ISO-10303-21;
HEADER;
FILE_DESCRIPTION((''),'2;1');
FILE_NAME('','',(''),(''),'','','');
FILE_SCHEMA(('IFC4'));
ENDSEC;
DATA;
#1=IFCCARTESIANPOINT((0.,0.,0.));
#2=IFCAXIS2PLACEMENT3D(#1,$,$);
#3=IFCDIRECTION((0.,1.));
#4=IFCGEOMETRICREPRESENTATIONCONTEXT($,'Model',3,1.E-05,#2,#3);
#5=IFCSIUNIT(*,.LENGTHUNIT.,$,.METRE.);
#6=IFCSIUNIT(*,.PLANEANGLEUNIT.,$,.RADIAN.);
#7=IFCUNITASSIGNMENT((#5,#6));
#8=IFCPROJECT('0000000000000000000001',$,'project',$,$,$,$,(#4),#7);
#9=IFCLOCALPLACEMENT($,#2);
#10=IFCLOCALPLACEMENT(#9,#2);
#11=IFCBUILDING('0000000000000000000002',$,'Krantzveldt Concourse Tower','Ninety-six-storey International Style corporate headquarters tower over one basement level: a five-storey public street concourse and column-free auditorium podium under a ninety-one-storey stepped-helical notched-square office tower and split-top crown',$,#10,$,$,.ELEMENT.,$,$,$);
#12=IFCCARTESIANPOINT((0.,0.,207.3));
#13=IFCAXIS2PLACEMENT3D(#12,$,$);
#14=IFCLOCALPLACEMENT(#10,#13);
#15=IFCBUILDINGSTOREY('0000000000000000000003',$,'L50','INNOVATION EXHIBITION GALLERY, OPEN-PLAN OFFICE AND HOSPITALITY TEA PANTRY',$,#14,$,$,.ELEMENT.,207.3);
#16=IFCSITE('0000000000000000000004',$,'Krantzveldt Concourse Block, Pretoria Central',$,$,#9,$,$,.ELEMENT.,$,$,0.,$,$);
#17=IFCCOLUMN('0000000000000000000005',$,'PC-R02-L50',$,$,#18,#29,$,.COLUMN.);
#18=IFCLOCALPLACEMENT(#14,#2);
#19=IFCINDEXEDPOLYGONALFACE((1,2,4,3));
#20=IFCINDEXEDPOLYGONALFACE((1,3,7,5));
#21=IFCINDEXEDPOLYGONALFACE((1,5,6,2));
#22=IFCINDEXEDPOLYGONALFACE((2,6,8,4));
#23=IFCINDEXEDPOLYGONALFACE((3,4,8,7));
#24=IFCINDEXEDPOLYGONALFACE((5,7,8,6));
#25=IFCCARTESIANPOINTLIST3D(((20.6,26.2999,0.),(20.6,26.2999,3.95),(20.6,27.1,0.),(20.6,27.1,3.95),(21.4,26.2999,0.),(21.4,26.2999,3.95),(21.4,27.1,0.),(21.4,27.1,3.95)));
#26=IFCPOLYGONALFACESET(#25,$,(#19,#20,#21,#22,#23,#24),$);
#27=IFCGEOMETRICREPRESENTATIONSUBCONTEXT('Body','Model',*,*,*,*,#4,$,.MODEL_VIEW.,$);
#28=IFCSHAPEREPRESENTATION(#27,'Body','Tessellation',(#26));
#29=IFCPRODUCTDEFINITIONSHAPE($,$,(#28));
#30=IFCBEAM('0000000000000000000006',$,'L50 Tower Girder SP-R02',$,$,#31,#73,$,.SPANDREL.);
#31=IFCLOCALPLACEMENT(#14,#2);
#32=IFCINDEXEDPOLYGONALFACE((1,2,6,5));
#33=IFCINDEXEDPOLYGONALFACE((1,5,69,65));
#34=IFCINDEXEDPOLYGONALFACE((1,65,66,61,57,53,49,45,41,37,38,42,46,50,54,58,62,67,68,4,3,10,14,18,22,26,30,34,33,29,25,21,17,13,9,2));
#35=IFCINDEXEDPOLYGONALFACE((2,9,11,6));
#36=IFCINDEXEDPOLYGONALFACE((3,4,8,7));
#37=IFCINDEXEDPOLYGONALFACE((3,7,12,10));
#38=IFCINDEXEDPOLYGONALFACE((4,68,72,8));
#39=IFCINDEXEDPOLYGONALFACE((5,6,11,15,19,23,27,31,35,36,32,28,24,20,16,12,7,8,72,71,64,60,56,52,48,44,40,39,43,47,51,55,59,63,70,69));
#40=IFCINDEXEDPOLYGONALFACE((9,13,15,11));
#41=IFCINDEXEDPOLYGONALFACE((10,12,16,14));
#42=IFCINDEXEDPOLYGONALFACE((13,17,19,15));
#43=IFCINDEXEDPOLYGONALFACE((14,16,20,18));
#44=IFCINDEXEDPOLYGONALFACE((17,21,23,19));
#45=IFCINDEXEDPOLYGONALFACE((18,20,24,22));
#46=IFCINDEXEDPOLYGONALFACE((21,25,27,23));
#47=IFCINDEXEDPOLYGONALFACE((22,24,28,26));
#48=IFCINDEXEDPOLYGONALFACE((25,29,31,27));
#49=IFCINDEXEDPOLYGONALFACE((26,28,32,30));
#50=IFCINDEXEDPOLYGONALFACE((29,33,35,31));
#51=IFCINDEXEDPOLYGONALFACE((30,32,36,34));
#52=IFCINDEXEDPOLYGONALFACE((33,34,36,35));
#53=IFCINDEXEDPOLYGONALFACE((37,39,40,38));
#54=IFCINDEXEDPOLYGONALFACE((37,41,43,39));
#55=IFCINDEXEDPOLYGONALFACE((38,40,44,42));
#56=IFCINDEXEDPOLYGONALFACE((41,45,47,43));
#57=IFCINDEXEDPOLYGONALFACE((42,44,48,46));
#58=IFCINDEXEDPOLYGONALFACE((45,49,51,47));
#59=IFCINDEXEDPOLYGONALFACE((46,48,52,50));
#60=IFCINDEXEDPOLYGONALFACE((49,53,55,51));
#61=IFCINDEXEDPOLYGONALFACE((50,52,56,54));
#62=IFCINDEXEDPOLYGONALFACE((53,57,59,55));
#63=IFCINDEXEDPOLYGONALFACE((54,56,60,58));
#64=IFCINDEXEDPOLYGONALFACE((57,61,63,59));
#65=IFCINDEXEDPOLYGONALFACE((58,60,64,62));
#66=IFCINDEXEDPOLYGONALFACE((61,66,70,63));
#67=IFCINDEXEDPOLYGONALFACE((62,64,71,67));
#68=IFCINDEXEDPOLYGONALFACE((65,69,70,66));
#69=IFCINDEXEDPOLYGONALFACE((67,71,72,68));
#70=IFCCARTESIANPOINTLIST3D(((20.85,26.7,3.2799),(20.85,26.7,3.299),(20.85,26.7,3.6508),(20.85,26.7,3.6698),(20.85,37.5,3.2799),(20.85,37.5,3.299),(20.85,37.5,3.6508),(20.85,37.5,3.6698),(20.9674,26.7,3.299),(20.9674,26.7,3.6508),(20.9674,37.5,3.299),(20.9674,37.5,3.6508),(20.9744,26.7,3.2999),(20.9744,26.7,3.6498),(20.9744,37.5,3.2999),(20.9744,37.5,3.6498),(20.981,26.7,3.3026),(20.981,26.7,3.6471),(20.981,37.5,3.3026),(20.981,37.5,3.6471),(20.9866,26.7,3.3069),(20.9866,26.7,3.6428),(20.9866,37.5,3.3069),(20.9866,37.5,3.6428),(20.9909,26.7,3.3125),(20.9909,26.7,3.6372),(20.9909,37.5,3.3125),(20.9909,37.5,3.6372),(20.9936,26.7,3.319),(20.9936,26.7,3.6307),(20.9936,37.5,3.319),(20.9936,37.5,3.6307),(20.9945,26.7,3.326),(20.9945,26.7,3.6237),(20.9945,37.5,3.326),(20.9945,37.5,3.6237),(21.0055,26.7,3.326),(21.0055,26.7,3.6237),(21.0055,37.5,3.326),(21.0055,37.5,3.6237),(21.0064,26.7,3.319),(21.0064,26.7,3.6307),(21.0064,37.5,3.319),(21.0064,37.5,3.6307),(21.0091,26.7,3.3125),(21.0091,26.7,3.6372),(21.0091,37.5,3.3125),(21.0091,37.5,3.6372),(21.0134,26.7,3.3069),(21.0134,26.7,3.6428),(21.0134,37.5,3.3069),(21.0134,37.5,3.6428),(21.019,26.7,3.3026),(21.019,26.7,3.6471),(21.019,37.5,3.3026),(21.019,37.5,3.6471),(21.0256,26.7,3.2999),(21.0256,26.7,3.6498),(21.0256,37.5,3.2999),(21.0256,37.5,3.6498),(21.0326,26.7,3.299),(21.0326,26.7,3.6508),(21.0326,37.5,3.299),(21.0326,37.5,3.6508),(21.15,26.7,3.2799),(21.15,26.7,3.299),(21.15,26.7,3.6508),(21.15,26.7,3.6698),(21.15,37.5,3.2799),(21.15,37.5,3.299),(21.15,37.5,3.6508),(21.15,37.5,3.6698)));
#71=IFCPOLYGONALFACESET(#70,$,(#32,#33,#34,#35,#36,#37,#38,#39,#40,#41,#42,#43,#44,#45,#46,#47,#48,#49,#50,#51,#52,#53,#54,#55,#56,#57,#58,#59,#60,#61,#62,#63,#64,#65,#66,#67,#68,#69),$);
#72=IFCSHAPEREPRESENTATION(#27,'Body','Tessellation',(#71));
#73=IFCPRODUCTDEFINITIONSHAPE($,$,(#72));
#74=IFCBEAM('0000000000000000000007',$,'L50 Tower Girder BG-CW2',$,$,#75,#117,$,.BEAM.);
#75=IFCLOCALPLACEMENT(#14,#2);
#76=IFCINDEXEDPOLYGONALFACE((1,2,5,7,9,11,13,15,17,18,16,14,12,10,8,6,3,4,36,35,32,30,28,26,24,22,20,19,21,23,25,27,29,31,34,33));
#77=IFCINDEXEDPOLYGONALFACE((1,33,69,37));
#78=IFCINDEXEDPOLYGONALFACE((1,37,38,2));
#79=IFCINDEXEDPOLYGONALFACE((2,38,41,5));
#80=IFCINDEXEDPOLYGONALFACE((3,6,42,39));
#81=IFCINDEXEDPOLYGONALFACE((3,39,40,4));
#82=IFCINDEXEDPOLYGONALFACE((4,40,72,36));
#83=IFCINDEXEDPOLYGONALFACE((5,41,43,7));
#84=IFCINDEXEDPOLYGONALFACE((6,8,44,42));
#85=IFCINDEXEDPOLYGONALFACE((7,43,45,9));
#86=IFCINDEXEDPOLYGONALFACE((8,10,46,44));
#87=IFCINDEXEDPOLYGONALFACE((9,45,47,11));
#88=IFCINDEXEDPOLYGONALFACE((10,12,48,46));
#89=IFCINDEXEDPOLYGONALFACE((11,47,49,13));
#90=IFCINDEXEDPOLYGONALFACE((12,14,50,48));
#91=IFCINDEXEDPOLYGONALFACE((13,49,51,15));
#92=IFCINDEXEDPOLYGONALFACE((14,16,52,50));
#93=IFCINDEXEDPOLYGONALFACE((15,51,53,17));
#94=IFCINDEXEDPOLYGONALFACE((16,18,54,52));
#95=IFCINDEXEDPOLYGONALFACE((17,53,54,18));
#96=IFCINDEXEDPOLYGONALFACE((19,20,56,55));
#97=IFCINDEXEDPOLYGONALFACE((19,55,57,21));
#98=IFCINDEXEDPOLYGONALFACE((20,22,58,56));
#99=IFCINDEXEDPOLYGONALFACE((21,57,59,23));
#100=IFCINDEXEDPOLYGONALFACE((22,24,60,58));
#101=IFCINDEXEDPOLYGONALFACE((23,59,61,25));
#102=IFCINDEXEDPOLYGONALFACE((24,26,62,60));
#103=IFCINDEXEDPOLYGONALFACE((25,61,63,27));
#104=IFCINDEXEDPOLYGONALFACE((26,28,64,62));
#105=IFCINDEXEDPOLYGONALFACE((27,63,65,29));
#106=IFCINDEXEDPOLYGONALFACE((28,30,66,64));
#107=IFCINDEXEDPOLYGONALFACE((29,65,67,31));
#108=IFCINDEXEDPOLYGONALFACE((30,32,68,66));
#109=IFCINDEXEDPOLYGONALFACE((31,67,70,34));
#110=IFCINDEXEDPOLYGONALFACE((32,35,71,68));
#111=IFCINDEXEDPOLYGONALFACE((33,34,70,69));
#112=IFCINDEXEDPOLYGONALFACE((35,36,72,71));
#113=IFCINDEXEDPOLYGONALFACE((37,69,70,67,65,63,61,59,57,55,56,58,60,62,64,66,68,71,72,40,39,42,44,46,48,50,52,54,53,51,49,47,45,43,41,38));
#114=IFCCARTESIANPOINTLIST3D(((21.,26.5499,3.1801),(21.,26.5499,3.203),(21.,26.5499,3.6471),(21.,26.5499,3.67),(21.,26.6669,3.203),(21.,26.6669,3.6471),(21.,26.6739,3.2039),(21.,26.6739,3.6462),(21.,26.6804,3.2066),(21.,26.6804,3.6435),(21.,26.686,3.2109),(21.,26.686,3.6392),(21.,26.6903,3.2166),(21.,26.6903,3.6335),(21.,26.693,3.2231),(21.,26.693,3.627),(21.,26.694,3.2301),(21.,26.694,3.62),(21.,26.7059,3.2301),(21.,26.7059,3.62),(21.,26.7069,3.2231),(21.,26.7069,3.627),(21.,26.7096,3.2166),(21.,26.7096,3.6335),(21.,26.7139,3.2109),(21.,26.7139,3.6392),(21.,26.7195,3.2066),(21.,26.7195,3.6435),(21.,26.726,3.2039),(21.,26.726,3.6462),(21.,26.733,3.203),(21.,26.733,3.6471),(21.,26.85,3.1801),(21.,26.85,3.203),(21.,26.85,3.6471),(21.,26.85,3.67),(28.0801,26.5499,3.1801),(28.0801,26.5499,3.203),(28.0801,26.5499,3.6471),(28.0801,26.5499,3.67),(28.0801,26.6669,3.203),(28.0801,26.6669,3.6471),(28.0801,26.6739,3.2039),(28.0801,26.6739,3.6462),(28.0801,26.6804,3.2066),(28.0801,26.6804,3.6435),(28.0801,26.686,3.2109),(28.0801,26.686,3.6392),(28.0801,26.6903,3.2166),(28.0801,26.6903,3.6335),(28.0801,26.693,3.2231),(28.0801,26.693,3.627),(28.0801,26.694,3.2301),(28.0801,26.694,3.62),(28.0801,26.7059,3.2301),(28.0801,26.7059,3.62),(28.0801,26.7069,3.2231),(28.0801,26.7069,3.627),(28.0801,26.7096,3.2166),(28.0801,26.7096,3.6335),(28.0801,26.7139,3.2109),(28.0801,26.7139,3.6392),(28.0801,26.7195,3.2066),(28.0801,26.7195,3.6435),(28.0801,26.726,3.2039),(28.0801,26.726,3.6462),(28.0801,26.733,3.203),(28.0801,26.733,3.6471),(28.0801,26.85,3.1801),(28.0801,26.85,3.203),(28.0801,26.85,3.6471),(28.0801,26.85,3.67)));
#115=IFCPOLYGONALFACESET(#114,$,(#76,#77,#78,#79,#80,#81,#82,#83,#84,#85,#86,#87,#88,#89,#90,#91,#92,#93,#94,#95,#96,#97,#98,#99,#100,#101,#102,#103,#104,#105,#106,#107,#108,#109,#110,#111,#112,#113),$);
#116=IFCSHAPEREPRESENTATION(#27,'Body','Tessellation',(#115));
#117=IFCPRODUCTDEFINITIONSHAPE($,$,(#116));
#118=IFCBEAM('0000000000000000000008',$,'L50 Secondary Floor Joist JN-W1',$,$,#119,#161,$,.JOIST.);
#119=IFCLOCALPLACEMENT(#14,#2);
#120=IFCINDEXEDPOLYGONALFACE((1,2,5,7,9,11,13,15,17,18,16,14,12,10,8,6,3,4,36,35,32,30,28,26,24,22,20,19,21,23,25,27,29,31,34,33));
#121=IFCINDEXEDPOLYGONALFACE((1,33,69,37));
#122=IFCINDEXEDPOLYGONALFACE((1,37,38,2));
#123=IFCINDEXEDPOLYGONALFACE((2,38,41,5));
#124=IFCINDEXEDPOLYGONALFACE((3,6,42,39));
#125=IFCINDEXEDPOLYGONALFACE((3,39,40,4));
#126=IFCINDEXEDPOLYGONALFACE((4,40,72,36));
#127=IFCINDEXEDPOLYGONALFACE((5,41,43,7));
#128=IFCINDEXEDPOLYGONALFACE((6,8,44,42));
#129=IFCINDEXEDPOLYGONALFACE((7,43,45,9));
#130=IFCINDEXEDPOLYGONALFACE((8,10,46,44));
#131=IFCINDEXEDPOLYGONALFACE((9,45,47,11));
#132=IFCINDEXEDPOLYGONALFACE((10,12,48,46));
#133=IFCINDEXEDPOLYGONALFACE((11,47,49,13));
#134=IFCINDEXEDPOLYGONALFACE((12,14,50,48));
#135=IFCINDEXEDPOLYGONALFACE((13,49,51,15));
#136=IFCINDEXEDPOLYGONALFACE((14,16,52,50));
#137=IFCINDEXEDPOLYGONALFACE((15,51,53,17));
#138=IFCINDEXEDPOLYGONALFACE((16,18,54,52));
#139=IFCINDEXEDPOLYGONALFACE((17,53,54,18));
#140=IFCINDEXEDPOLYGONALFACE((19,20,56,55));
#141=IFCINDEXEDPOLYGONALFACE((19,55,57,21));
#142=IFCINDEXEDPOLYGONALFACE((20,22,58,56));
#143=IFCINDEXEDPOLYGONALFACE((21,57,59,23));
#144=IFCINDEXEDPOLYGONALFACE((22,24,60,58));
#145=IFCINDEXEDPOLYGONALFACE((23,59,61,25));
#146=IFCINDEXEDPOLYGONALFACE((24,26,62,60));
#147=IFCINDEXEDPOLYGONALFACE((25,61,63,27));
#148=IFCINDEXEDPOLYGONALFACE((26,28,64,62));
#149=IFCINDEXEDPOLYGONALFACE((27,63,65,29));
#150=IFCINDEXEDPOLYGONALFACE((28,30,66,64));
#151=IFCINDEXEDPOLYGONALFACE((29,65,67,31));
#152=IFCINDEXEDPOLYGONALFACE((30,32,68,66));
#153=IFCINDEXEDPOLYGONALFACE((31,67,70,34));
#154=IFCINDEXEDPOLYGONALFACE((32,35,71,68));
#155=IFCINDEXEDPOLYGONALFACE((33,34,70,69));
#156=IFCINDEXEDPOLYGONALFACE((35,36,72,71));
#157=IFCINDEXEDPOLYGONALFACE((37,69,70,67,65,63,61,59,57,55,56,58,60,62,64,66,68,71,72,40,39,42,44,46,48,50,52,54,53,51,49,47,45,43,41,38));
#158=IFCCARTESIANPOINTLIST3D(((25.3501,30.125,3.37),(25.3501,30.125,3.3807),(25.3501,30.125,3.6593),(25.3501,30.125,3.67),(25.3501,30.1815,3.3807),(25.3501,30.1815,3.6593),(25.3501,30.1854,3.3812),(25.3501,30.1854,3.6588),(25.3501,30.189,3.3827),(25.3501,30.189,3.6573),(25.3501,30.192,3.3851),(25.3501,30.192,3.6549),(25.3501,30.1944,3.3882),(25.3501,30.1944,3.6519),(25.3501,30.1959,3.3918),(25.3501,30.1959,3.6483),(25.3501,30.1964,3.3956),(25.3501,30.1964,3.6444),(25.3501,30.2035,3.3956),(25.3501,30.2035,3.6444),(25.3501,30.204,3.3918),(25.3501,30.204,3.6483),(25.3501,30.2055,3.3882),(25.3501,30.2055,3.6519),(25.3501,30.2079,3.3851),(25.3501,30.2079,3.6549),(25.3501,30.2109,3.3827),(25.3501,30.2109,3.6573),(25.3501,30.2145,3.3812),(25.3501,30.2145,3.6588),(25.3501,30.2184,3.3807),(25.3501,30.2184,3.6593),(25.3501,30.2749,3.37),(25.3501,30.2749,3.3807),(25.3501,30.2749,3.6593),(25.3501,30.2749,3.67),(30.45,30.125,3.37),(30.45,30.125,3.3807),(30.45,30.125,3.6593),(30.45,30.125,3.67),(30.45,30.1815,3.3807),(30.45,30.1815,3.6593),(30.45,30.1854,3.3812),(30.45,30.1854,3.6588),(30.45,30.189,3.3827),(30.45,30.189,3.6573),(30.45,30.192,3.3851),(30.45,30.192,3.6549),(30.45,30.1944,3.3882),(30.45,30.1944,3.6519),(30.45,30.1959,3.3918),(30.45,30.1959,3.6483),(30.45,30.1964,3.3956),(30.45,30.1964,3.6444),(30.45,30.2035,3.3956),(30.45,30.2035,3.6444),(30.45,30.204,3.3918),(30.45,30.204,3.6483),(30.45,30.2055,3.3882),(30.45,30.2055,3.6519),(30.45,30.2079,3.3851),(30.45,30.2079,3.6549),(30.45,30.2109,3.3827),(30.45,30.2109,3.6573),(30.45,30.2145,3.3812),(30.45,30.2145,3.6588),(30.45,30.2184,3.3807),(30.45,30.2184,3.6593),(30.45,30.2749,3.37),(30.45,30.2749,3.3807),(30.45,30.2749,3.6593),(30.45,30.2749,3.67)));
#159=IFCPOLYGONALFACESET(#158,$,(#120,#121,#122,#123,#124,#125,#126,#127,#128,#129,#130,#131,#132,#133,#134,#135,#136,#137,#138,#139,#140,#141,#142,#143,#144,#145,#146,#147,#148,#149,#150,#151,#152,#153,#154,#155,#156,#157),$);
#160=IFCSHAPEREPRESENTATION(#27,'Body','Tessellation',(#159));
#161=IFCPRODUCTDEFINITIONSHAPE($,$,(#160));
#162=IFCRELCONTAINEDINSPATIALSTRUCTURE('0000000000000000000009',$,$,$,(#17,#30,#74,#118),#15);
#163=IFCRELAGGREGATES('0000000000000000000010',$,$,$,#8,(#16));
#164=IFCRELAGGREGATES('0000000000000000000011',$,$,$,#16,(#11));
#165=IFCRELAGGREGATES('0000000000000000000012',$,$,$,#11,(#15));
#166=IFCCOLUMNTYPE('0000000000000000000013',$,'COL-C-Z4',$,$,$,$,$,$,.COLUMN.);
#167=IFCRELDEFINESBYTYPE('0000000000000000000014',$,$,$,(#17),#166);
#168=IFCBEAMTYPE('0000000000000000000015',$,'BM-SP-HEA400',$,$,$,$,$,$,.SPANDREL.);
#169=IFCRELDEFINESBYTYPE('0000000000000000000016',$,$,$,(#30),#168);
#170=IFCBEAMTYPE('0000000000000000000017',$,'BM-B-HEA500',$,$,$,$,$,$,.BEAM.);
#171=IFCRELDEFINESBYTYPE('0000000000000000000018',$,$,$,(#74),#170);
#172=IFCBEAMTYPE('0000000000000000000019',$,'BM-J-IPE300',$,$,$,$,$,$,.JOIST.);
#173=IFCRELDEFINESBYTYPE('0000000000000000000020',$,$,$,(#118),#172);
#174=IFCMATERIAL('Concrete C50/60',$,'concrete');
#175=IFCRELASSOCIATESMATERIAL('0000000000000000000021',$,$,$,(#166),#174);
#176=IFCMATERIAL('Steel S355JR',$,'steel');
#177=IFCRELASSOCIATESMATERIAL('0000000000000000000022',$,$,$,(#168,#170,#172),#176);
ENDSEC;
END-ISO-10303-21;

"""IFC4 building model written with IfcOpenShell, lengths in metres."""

from ifc_helpers import new_model, si_unit, direction, frame, origin, origin_2d, place, context, subcontext, project, spatial, rectangle, i_section, extrude, source, transform, mapped, material, material_profile, profile_set, type_object, type_shapes, element, save


model = new_model("IFC4")

# Units and contexts
model_context = context("Model", 3, precision=1e-05, world=origin(), true_north=direction((0.0, 1.0)))
body_context = subcontext(model_context, "Body", "Model", "MODEL_VIEW")
ifc_project = project(units=[si_unit("LENGTHUNIT", "METRE"), si_unit("PLANEANGLEUNIT", "RADIAN")], contexts=[model_context])

# Site, building, storey
site_placement = place(None, origin())
site = spatial("IfcSite", under=ifc_project, at=site_placement, Name="Krantzveldt Concourse Block, Pretoria Central", CompositionType="ELEMENT", RefElevation=0.0)
building_placement = place(site_placement, origin())
building = spatial("IfcBuilding", under=site, at=building_placement, Name="Krantzveldt Concourse Tower", Description="Ninety-six-storey International Style corporate headquarters tower over one basement level: a five-storey public street concourse and column-free auditorium podium under a ninety-one-storey stepped-helical notched-square office tower and split-top crown", CompositionType="ELEMENT")
storey_placement = place(building_placement, frame((0.0, 0.0, 207.3)))
storey = spatial("IfcBuildingStorey", under=building, at=storey_placement, Name="L50", Description="INNOVATION EXHIBITION GALLERY, OPEN-PLAN OFFICE AND HOSPITALITY TEA PANTRY", CompositionType="ELEMENT", Elevation=207.3)

# Column
ifc_material_1 = material(Name="Concrete C50/60", Category="concrete")
ifc_material_profile_1 = material_profile(ifc_material_1, rectangle(XDim=0.8, YDim=0.8, at=origin_2d()), Name="Concrete C50/60", Category="concrete")
ifc_profile_set_1 = profile_set([ifc_material_profile_1], Name="Concrete C50/60 - RC 800x800")
column_type = type_object("IfcColumnType", Name="COL-C-Z4", PredefinedType="COLUMN", material=ifc_profile_set_1)
shared_shape_1 = source(origin(), body_context, "Body", "SweptSolid", [
    extrude(rectangle(XDim=0.8, YDim=0.8, at=origin_2d()), origin(), (0.0, 0.0, 1.0), 3.95),
])
type_shapes(column_type, [shared_shape_1])
column_placement = place(storey_placement, frame((21.0, 26.7, 0.0), z_axis=(0.0, 0.0, 1.0), x_axis=(1.0, 0.0, 0.0)))
element("IfcColumn", 1, at=column_placement, inside=storey, type_object=column_type, Name="PC-R02-L50", PredefinedType="COLUMN", context=body_context, shape_type="MappedRepresentation", body=[
    mapped(shared_shape_1, transform((0.0, 0.0, 0.0), x_axis=(1.0, 0.0, 0.0), y_axis=(0.0, 1.0, 0.0), z_axis=(0.0, 0.0, 1.0), scale=1.0)),
])

# Beams
ifc_material_2 = material(Name="Steel S355JR", Category="steel")
ifc_material_profile_2 = material_profile(ifc_material_2, i_section(OverallWidth=0.3, OverallDepth=0.3899, WebThickness=0.011, FlangeThickness=0.019, FilletRadius=0.0271, at=origin_2d()), Name="Steel S355JR", Category="steel")
ifc_profile_set_2 = profile_set([ifc_material_profile_2], Name="Steel S355JR - HEA 400")
beam_type_1 = type_object("IfcBeamType", Name="BM-SP-HEA400", PredefinedType="SPANDREL", material=ifc_profile_set_2)
shared_shape_2 = source(origin(), body_context, "Body", "SweptSolid", [
    extrude(i_section(OverallWidth=0.3, OverallDepth=0.3899, WebThickness=0.011, FlangeThickness=0.019, FilletRadius=0.0271, at=origin_2d()), origin(), (0.0, 0.0, 1.0), 10.8),
])
type_shapes(beam_type_1, [shared_shape_2])
beam_1_placement = place(storey_placement, frame((21.0, 26.7, 3.4749), z_axis=(0.0, 1.0, 0.0), x_axis=(-1.0, 0.0, 0.0)))
element("IfcBeam", 2, at=beam_1_placement, inside=storey, type_object=beam_type_1, Name="L50 Tower Girder SP-R02", PredefinedType="SPANDREL", context=body_context, shape_type="MappedRepresentation", body=[
    mapped(shared_shape_2, transform((0.0, 0.0, 0.0), x_axis=(1.0, 0.0, 0.0), y_axis=(0.0, 1.0, 0.0), z_axis=(0.0, 0.0, 1.0), scale=1.0)),
])
ifc_material_profile_3 = material_profile(ifc_material_2, i_section(OverallWidth=0.3, OverallDepth=0.49, WebThickness=0.012, FlangeThickness=0.0229, FilletRadius=0.0271, at=origin_2d()), Name="Steel S355JR", Category="steel")
ifc_profile_set_3 = profile_set([ifc_material_profile_3], Name="Steel S355JR - HEA 500")
beam_type_2 = type_object("IfcBeamType", Name="BM-B-HEA500", PredefinedType="BEAM", material=ifc_profile_set_3)
shared_shape_3 = source(origin(), body_context, "Body", "SweptSolid", [
    extrude(i_section(OverallWidth=0.3, OverallDepth=0.49, WebThickness=0.012, FlangeThickness=0.0229, FilletRadius=0.0271, at=origin_2d()), origin(), (0.0, 0.0, 1.0), 7.0801),
])
type_shapes(beam_type_2, [shared_shape_3])
beam_2_placement = place(storey_placement, frame((21.0, 26.7, 3.425), z_axis=(1.0, 0.0, 0.0), x_axis=(0.0, 1.0, 0.0)))
element("IfcBeam", 3, at=beam_2_placement, inside=storey, type_object=beam_type_2, Name="L50 Tower Girder BG-CW2", PredefinedType="BEAM", context=body_context, shape_type="MappedRepresentation", body=[
    mapped(shared_shape_3, transform((0.0, 0.0, 0.0), x_axis=(1.0, 0.0, 0.0), y_axis=(0.0, 1.0, 0.0), z_axis=(0.0, 0.0, 1.0), scale=1.0)),
])
ifc_material_profile_4 = material_profile(ifc_material_2, i_section(OverallWidth=0.1499, OverallDepth=0.3, WebThickness=0.0071, FlangeThickness=0.0107, FilletRadius=0.0149, at=origin_2d()), Name="Steel S355JR", Category="steel")
ifc_profile_set_4 = profile_set([ifc_material_profile_4], Name="Steel S355JR - IPE 300")
beam_type_3 = type_object("IfcBeamType", Name="BM-J-IPE300", PredefinedType="JOIST", material=ifc_profile_set_4)
shared_shape_4 = source(origin(), body_context, "Body", "SweptSolid", [
    extrude(i_section(OverallWidth=0.1499, OverallDepth=0.3, WebThickness=0.0071, FlangeThickness=0.0107, FilletRadius=0.0149, at=origin_2d()), origin(), (0.0, 0.0, 1.0), 5.0999),
])
type_shapes(beam_type_3, [shared_shape_4])
for number, where, z_axis, x_axis, name in (
    (4, (25.3501, 30.2, 3.52), (1.0, 0.0, 0.0), (0.0, 1.0, 0.0), "L50 Secondary Floor Joist JN-W1"),
):
    element("IfcBeam", number, at=place(storey_placement, frame(where, z_axis=z_axis, x_axis=x_axis)), inside=storey, type_object=beam_type_3, Name=name, PredefinedType="JOIST", context=body_context, shape_type="MappedRepresentation", body=[
        mapped(shared_shape_4, transform((0.0, 0.0, 0.0), x_axis=(1.0, 0.0, 0.0), y_axis=(0.0, 1.0, 0.0), z_axis=(0.0, 0.0, 1.0), scale=1.0)),
    ])

save(model, "model.ifc")
